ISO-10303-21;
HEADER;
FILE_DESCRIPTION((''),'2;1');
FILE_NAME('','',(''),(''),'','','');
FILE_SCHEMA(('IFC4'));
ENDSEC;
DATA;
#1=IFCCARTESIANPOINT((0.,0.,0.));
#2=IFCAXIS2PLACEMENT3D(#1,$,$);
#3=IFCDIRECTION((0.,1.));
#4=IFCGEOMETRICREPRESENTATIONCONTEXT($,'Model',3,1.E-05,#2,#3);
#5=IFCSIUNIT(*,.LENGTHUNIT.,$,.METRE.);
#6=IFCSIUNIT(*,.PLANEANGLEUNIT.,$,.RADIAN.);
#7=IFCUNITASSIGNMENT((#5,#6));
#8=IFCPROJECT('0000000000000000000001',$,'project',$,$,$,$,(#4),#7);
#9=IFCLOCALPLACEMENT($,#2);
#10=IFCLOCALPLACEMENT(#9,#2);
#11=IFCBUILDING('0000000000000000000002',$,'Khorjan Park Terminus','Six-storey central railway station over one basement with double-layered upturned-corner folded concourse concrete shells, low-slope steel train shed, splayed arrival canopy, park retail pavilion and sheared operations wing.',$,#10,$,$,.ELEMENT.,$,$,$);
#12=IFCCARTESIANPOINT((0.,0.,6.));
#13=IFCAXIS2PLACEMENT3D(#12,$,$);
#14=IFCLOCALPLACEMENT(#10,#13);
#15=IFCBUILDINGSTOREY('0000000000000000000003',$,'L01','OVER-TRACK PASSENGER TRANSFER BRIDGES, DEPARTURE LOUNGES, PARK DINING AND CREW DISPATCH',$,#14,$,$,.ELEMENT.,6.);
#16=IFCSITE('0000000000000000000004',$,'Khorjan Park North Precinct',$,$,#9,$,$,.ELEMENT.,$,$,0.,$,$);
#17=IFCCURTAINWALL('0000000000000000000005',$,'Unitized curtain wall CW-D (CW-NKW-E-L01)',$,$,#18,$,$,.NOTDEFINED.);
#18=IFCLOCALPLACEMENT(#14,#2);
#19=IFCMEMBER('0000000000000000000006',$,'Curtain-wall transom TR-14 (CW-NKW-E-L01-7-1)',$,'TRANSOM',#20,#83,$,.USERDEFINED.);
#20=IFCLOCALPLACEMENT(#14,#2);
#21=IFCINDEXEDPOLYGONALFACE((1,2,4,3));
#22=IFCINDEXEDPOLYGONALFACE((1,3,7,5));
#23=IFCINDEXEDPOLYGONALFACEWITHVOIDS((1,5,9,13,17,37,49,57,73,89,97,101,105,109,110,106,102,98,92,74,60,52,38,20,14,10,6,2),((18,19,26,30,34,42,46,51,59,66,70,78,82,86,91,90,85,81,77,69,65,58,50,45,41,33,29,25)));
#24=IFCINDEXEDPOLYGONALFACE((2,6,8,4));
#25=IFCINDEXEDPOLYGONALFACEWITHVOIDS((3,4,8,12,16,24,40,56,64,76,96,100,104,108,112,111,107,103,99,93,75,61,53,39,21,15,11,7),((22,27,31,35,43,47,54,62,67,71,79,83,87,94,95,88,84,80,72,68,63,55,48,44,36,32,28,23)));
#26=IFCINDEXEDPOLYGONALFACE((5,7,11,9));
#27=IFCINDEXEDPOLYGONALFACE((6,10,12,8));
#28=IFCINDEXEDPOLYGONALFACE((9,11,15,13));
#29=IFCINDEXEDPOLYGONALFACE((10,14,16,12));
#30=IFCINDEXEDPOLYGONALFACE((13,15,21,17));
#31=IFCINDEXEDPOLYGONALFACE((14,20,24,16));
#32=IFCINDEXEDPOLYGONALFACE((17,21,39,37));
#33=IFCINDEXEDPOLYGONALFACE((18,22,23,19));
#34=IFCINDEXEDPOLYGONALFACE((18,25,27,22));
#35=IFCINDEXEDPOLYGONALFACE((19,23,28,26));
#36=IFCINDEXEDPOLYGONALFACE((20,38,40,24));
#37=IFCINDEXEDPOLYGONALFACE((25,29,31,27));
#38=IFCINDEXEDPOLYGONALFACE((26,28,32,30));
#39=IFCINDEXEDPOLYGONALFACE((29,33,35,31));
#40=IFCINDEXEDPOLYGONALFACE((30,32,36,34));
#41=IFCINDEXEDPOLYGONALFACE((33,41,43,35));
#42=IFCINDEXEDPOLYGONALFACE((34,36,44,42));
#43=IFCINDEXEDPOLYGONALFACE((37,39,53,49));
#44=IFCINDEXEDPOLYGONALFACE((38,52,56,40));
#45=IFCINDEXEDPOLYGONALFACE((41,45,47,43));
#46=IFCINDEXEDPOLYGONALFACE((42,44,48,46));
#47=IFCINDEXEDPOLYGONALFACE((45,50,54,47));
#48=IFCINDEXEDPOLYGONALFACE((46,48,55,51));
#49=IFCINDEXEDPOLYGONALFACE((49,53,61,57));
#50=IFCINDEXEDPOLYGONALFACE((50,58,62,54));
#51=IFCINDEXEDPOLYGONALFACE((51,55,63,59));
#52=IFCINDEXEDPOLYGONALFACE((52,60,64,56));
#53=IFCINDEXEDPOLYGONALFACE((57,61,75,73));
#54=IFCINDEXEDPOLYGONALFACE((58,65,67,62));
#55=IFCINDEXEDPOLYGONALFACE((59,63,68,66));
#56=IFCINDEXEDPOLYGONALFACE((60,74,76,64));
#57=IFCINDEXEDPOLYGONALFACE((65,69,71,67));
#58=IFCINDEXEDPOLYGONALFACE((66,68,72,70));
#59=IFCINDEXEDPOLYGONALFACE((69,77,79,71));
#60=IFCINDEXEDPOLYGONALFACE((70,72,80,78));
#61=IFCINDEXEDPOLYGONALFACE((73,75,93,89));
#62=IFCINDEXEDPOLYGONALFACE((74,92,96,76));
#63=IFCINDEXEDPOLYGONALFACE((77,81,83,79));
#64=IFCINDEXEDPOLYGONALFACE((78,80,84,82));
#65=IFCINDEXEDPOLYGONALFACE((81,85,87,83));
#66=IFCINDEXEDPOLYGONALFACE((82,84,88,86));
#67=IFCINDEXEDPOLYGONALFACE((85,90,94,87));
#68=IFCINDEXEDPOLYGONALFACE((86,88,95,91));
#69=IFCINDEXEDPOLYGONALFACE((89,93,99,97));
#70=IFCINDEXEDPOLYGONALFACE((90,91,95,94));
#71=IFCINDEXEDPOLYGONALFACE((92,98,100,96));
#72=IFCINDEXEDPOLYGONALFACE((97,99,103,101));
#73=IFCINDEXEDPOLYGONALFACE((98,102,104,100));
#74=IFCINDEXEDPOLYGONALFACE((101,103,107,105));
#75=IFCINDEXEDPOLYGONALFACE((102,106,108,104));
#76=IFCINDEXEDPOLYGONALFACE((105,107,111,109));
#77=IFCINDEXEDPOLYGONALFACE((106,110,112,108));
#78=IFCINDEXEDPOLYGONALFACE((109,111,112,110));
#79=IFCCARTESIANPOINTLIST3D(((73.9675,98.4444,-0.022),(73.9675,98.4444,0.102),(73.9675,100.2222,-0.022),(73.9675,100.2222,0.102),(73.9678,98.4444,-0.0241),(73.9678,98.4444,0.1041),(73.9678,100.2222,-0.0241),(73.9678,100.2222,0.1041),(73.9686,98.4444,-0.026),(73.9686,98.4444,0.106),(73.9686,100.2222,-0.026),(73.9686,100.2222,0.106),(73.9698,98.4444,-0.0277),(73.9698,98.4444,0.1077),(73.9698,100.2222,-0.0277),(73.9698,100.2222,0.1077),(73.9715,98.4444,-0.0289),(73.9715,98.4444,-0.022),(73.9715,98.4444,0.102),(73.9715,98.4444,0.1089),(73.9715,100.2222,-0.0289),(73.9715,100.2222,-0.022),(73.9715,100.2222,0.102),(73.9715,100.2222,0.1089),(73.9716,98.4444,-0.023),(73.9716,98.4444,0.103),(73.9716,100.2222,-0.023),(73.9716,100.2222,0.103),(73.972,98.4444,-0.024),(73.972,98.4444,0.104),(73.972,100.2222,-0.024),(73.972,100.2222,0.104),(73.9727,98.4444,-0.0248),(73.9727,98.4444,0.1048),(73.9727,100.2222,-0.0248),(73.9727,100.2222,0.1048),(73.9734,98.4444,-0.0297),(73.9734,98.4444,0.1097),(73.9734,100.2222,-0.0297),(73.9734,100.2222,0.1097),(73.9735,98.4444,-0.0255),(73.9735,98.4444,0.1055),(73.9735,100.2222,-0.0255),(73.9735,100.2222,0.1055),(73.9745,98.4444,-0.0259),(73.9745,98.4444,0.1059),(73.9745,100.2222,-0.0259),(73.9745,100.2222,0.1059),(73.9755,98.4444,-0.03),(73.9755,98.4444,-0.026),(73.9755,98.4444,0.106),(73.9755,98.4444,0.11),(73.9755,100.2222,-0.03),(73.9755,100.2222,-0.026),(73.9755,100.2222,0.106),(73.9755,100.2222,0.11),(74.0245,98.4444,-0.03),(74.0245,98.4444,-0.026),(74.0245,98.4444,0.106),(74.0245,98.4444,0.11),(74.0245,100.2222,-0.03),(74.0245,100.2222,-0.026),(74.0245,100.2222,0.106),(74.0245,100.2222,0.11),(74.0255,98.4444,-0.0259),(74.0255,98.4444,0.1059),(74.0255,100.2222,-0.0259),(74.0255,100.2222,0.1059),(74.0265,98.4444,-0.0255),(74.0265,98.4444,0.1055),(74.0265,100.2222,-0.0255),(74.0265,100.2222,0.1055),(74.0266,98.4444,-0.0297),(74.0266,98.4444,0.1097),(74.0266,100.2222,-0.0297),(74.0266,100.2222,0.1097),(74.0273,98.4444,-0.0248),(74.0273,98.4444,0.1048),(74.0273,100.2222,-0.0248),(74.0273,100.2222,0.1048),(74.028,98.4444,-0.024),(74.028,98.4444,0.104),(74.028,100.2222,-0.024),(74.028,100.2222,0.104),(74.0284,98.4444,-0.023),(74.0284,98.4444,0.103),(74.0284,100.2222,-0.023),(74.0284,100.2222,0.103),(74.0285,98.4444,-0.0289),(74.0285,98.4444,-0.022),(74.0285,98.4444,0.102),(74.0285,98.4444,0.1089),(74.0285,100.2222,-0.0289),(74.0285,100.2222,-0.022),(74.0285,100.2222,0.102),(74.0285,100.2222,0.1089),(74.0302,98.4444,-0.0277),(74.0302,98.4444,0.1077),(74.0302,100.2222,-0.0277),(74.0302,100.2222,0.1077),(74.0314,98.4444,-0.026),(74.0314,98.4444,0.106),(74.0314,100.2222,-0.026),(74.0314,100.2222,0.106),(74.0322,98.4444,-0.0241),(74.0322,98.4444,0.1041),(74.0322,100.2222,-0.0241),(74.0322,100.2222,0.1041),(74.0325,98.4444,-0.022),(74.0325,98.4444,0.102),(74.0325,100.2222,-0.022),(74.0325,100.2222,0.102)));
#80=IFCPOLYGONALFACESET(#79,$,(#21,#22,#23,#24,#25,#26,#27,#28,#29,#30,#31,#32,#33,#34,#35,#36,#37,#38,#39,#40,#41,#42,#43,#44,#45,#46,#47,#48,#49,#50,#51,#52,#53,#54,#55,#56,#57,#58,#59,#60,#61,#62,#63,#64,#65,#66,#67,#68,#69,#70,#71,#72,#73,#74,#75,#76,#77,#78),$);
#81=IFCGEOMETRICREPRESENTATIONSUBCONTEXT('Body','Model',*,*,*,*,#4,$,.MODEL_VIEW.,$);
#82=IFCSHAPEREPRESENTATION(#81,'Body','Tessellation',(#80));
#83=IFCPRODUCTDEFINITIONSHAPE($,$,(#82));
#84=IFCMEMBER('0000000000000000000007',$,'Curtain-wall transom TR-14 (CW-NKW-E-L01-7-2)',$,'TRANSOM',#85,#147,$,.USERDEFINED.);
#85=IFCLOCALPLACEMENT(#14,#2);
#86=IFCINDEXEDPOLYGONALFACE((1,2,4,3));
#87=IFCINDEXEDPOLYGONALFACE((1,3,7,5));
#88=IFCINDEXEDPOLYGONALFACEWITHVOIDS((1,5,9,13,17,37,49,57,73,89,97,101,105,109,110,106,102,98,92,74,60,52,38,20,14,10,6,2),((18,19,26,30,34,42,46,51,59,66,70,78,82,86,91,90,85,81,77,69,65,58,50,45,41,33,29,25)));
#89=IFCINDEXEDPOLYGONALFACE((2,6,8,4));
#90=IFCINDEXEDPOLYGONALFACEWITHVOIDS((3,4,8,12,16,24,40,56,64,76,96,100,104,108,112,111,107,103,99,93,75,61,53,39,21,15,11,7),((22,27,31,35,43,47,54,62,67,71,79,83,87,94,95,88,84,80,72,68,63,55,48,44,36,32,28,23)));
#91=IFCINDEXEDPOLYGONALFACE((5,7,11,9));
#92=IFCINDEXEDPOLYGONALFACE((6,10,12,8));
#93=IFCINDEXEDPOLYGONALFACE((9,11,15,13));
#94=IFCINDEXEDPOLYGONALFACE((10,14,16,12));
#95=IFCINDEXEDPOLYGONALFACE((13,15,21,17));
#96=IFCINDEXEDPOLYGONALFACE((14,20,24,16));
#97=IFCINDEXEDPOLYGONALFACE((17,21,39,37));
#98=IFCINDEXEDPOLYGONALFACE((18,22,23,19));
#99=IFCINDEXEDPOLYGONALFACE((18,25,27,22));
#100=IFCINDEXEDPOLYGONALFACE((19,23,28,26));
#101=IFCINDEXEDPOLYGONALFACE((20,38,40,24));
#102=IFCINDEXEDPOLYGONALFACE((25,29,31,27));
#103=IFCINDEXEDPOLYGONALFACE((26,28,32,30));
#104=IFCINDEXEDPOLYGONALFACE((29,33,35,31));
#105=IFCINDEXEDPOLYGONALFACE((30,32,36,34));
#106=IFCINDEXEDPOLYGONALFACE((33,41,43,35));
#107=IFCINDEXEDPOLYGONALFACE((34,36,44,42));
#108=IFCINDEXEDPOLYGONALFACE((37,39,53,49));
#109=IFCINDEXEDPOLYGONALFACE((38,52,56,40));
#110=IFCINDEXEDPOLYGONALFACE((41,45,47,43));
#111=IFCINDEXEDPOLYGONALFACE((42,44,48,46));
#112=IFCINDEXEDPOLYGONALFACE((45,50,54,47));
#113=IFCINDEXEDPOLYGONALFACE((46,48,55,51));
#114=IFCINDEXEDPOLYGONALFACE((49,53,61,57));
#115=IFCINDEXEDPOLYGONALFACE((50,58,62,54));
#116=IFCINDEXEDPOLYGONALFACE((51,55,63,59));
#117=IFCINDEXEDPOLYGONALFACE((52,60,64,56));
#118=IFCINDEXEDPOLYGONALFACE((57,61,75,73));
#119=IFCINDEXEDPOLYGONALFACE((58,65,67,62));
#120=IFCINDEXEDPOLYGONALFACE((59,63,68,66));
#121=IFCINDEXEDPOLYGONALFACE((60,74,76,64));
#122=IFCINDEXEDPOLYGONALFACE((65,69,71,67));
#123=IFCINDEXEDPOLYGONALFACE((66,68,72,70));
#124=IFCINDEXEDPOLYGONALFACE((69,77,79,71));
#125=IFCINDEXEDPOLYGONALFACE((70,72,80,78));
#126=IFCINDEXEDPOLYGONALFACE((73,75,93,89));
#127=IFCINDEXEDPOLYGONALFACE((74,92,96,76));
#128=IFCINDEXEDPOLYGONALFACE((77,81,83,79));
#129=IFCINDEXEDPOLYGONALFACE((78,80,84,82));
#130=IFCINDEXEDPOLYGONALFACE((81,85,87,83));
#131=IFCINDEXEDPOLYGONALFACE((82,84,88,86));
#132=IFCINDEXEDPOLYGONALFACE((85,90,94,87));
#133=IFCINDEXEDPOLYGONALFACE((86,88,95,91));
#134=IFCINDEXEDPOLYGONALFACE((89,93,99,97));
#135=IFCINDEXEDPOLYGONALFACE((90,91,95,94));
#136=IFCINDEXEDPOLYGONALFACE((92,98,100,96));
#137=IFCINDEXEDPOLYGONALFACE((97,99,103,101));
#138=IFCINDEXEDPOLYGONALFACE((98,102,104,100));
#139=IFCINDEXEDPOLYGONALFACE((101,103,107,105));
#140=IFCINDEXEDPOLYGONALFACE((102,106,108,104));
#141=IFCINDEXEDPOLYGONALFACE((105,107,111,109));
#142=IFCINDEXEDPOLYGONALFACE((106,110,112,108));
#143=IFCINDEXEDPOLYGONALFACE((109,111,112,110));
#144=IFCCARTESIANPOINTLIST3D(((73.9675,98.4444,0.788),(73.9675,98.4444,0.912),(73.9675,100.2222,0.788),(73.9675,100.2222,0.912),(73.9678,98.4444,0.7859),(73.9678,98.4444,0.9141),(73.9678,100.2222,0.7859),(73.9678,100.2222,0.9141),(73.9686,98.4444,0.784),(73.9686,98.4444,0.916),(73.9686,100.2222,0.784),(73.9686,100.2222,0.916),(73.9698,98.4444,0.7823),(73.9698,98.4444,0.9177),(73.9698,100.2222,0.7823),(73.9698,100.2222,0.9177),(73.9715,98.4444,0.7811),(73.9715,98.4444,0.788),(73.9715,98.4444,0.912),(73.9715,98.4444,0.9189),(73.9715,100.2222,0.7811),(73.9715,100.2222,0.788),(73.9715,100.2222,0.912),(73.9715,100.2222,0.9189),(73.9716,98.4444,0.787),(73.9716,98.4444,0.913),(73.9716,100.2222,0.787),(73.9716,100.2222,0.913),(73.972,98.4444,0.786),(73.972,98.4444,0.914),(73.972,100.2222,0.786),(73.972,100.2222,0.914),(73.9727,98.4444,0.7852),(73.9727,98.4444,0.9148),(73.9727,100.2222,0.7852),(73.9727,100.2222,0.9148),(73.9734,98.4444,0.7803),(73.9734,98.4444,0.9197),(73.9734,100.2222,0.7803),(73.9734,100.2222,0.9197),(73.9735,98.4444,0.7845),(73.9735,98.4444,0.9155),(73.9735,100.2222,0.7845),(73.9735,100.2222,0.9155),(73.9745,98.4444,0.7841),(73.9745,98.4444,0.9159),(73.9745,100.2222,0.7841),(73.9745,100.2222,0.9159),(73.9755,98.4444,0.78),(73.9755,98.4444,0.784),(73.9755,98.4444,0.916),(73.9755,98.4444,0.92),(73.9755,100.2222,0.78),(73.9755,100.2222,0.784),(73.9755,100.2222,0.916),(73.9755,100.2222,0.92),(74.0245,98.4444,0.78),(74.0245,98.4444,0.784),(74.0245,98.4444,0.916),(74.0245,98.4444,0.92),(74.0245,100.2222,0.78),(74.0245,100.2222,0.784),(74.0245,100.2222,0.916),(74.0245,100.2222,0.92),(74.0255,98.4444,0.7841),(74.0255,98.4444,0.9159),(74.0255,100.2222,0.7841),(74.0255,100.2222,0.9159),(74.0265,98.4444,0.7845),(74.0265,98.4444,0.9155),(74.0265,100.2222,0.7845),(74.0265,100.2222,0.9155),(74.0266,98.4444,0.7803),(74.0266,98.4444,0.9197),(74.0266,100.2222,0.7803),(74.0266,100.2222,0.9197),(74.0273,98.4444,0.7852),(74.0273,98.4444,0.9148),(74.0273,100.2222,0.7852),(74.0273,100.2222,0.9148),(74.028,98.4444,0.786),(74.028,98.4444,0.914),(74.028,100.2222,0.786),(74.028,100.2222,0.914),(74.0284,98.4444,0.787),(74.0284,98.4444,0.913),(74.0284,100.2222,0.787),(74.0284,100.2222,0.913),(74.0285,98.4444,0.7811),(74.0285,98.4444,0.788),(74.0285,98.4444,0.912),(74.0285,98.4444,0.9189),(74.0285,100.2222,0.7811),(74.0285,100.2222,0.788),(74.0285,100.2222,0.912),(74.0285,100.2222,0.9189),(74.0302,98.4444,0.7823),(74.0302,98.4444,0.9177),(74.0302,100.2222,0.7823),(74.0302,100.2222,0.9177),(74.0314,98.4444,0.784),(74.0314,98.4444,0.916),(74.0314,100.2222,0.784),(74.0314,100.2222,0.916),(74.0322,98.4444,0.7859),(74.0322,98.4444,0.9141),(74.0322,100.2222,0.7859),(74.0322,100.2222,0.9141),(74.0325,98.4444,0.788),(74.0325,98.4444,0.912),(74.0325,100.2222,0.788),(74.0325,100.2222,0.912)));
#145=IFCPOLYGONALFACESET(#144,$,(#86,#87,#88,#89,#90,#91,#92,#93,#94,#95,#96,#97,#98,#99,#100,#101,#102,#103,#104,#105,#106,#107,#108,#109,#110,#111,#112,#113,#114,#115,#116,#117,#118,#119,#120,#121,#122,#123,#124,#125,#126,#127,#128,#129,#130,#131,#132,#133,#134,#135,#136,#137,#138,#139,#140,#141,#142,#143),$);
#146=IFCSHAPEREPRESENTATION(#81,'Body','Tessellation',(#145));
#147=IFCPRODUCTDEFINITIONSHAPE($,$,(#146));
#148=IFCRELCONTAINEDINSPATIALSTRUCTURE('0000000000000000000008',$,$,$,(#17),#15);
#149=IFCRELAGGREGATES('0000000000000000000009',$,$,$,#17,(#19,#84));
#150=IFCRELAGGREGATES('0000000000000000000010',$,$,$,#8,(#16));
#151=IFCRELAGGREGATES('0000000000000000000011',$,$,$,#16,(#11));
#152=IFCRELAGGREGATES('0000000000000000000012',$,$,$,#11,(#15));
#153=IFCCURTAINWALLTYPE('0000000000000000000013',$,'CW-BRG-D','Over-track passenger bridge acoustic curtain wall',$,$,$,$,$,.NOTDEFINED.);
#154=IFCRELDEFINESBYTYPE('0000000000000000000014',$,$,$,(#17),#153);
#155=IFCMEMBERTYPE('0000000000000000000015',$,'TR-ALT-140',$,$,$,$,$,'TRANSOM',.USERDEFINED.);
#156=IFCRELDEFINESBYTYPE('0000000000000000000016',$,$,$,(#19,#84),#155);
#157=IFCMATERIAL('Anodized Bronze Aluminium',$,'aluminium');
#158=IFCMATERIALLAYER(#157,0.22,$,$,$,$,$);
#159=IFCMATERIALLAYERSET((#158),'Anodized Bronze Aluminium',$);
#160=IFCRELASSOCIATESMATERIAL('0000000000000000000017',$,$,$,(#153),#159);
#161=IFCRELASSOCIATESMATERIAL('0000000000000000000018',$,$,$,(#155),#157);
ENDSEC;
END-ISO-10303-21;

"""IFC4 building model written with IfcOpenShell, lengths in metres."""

from ifc_helpers import new_model, si_unit, direction, frame, origin, origin_2d, place, context, subcontext, project, spatial, hollow_rectangle, extrude, material, layer, layer_set, material_profile, profile_set, type_object, element, aggregate, save


model = new_model("IFC4")

# Units and contexts
model_context = context("Model", 3, precision=1e-05, world=origin(), true_north=direction((0.0, 1.0)))
body_context = subcontext(model_context, "Body", "Model", "MODEL_VIEW")
ifc_project = project(units=[si_unit("LENGTHUNIT", "METRE"), si_unit("PLANEANGLEUNIT", "RADIAN")], contexts=[model_context])

# Site, building, storey
site_placement = place(None, origin())
site = spatial("IfcSite", under=ifc_project, at=site_placement, Name="Khorjan Park North Precinct", CompositionType="ELEMENT", RefElevation=0.0)
building_placement = place(site_placement, origin())
building = spatial("IfcBuilding", under=site, at=building_placement, Name="Khorjan Park Terminus", Description="Six-storey central railway station over one basement with double-layered upturned-corner folded concourse concrete shells, low-slope steel train shed, splayed arrival canopy, park retail pavilion and sheared operations wing.", CompositionType="ELEMENT")
storey_placement = place(building_placement, frame((0.0, 0.0, 6.0)))
storey = spatial("IfcBuildingStorey", under=building, at=storey_placement, Name="L01", Description="OVER-TRACK PASSENGER TRANSFER BRIDGES, DEPARTURE LOUNGES, PARK DINING AND CREW DISPATCH", CompositionType="ELEMENT", Elevation=6.0)

# Curtain wall, members
ifc_material_1 = material(Name="Anodized Bronze Aluminium", Category="aluminium")
ifc_layer_1 = layer(ifc_material_1, 0.22)
ifc_layer_set_1 = layer_set([ifc_layer_1], Name="Anodized Bronze Aluminium")
curtain_wall_type = type_object("IfcCurtainWallType", Name="CW-BRG-D", Description="Over-track passenger bridge acoustic curtain wall", PredefinedType="NOTDEFINED", material=ifc_layer_set_1)
curtain_wall_placement = place(storey_placement, origin())
curtain_wall = element("IfcCurtainWall", 1, at=curtain_wall_placement, inside=storey, type_object=curtain_wall_type, Name="Unitized curtain wall CW-D (CW-NKW-E-L01)", PredefinedType="NOTDEFINED")
ifc_material_profile_1 = material_profile(ifc_material_1, hollow_rectangle(XDim=0.065, YDim=0.14, WallThickness=0.004, InnerFilletRadius=0.004, OuterFilletRadius=0.008, at=origin_2d()), Name="ALT 65x140x4")
ifc_profile_set_1 = profile_set([ifc_material_profile_1], Name="Anodized Bronze Aluminium")
member_type_1 = type_object("IfcMemberType", Name="TR-ALT-140", ElementType="TRANSOM", PredefinedType="USERDEFINED", material=ifc_profile_set_1)
member_1_placement = place(storey_placement, frame((74.0, 98.4444, 0.04), z_axis=(0.0, 1.0, 0.0), x_axis=(-1.0, 0.0, 0.0)))
member_1 = element("IfcMember", 2, at=member_1_placement, type_object=member_type_1, Name="Curtain-wall transom TR-14 (CW-NKW-E-L01-7-1)", ObjectType="TRANSOM", PredefinedType="USERDEFINED", context=body_context, shape_type="SweptSolid", body=[
    extrude(hollow_rectangle(XDim=0.065, YDim=0.14, WallThickness=0.004, InnerFilletRadius=0.004, OuterFilletRadius=0.008, at=origin_2d()), origin(), (0.0, 0.0, 1.0), 1.7778),
])
member_2_placement = place(storey_placement, frame((74.0, 98.4444, 0.85), z_axis=(0.0, 1.0, 0.0), x_axis=(-1.0, 0.0, 0.0)))
member_2 = element("IfcMember", 3, at=member_2_placement, type_object=member_type_1, Name="Curtain-wall transom TR-14 (CW-NKW-E-L01-7-2)", ObjectType="TRANSOM", PredefinedType="USERDEFINED", context=body_context, shape_type="SweptSolid", body=[
    extrude(hollow_rectangle(XDim=0.065, YDim=0.14, WallThickness=0.004, InnerFilletRadius=0.004, OuterFilletRadius=0.008, at=origin_2d()), origin(), (0.0, 0.0, 1.0), 1.7778),
])
aggregate(curtain_wall, [member_1, member_2])

save(model, "model.ifc")
